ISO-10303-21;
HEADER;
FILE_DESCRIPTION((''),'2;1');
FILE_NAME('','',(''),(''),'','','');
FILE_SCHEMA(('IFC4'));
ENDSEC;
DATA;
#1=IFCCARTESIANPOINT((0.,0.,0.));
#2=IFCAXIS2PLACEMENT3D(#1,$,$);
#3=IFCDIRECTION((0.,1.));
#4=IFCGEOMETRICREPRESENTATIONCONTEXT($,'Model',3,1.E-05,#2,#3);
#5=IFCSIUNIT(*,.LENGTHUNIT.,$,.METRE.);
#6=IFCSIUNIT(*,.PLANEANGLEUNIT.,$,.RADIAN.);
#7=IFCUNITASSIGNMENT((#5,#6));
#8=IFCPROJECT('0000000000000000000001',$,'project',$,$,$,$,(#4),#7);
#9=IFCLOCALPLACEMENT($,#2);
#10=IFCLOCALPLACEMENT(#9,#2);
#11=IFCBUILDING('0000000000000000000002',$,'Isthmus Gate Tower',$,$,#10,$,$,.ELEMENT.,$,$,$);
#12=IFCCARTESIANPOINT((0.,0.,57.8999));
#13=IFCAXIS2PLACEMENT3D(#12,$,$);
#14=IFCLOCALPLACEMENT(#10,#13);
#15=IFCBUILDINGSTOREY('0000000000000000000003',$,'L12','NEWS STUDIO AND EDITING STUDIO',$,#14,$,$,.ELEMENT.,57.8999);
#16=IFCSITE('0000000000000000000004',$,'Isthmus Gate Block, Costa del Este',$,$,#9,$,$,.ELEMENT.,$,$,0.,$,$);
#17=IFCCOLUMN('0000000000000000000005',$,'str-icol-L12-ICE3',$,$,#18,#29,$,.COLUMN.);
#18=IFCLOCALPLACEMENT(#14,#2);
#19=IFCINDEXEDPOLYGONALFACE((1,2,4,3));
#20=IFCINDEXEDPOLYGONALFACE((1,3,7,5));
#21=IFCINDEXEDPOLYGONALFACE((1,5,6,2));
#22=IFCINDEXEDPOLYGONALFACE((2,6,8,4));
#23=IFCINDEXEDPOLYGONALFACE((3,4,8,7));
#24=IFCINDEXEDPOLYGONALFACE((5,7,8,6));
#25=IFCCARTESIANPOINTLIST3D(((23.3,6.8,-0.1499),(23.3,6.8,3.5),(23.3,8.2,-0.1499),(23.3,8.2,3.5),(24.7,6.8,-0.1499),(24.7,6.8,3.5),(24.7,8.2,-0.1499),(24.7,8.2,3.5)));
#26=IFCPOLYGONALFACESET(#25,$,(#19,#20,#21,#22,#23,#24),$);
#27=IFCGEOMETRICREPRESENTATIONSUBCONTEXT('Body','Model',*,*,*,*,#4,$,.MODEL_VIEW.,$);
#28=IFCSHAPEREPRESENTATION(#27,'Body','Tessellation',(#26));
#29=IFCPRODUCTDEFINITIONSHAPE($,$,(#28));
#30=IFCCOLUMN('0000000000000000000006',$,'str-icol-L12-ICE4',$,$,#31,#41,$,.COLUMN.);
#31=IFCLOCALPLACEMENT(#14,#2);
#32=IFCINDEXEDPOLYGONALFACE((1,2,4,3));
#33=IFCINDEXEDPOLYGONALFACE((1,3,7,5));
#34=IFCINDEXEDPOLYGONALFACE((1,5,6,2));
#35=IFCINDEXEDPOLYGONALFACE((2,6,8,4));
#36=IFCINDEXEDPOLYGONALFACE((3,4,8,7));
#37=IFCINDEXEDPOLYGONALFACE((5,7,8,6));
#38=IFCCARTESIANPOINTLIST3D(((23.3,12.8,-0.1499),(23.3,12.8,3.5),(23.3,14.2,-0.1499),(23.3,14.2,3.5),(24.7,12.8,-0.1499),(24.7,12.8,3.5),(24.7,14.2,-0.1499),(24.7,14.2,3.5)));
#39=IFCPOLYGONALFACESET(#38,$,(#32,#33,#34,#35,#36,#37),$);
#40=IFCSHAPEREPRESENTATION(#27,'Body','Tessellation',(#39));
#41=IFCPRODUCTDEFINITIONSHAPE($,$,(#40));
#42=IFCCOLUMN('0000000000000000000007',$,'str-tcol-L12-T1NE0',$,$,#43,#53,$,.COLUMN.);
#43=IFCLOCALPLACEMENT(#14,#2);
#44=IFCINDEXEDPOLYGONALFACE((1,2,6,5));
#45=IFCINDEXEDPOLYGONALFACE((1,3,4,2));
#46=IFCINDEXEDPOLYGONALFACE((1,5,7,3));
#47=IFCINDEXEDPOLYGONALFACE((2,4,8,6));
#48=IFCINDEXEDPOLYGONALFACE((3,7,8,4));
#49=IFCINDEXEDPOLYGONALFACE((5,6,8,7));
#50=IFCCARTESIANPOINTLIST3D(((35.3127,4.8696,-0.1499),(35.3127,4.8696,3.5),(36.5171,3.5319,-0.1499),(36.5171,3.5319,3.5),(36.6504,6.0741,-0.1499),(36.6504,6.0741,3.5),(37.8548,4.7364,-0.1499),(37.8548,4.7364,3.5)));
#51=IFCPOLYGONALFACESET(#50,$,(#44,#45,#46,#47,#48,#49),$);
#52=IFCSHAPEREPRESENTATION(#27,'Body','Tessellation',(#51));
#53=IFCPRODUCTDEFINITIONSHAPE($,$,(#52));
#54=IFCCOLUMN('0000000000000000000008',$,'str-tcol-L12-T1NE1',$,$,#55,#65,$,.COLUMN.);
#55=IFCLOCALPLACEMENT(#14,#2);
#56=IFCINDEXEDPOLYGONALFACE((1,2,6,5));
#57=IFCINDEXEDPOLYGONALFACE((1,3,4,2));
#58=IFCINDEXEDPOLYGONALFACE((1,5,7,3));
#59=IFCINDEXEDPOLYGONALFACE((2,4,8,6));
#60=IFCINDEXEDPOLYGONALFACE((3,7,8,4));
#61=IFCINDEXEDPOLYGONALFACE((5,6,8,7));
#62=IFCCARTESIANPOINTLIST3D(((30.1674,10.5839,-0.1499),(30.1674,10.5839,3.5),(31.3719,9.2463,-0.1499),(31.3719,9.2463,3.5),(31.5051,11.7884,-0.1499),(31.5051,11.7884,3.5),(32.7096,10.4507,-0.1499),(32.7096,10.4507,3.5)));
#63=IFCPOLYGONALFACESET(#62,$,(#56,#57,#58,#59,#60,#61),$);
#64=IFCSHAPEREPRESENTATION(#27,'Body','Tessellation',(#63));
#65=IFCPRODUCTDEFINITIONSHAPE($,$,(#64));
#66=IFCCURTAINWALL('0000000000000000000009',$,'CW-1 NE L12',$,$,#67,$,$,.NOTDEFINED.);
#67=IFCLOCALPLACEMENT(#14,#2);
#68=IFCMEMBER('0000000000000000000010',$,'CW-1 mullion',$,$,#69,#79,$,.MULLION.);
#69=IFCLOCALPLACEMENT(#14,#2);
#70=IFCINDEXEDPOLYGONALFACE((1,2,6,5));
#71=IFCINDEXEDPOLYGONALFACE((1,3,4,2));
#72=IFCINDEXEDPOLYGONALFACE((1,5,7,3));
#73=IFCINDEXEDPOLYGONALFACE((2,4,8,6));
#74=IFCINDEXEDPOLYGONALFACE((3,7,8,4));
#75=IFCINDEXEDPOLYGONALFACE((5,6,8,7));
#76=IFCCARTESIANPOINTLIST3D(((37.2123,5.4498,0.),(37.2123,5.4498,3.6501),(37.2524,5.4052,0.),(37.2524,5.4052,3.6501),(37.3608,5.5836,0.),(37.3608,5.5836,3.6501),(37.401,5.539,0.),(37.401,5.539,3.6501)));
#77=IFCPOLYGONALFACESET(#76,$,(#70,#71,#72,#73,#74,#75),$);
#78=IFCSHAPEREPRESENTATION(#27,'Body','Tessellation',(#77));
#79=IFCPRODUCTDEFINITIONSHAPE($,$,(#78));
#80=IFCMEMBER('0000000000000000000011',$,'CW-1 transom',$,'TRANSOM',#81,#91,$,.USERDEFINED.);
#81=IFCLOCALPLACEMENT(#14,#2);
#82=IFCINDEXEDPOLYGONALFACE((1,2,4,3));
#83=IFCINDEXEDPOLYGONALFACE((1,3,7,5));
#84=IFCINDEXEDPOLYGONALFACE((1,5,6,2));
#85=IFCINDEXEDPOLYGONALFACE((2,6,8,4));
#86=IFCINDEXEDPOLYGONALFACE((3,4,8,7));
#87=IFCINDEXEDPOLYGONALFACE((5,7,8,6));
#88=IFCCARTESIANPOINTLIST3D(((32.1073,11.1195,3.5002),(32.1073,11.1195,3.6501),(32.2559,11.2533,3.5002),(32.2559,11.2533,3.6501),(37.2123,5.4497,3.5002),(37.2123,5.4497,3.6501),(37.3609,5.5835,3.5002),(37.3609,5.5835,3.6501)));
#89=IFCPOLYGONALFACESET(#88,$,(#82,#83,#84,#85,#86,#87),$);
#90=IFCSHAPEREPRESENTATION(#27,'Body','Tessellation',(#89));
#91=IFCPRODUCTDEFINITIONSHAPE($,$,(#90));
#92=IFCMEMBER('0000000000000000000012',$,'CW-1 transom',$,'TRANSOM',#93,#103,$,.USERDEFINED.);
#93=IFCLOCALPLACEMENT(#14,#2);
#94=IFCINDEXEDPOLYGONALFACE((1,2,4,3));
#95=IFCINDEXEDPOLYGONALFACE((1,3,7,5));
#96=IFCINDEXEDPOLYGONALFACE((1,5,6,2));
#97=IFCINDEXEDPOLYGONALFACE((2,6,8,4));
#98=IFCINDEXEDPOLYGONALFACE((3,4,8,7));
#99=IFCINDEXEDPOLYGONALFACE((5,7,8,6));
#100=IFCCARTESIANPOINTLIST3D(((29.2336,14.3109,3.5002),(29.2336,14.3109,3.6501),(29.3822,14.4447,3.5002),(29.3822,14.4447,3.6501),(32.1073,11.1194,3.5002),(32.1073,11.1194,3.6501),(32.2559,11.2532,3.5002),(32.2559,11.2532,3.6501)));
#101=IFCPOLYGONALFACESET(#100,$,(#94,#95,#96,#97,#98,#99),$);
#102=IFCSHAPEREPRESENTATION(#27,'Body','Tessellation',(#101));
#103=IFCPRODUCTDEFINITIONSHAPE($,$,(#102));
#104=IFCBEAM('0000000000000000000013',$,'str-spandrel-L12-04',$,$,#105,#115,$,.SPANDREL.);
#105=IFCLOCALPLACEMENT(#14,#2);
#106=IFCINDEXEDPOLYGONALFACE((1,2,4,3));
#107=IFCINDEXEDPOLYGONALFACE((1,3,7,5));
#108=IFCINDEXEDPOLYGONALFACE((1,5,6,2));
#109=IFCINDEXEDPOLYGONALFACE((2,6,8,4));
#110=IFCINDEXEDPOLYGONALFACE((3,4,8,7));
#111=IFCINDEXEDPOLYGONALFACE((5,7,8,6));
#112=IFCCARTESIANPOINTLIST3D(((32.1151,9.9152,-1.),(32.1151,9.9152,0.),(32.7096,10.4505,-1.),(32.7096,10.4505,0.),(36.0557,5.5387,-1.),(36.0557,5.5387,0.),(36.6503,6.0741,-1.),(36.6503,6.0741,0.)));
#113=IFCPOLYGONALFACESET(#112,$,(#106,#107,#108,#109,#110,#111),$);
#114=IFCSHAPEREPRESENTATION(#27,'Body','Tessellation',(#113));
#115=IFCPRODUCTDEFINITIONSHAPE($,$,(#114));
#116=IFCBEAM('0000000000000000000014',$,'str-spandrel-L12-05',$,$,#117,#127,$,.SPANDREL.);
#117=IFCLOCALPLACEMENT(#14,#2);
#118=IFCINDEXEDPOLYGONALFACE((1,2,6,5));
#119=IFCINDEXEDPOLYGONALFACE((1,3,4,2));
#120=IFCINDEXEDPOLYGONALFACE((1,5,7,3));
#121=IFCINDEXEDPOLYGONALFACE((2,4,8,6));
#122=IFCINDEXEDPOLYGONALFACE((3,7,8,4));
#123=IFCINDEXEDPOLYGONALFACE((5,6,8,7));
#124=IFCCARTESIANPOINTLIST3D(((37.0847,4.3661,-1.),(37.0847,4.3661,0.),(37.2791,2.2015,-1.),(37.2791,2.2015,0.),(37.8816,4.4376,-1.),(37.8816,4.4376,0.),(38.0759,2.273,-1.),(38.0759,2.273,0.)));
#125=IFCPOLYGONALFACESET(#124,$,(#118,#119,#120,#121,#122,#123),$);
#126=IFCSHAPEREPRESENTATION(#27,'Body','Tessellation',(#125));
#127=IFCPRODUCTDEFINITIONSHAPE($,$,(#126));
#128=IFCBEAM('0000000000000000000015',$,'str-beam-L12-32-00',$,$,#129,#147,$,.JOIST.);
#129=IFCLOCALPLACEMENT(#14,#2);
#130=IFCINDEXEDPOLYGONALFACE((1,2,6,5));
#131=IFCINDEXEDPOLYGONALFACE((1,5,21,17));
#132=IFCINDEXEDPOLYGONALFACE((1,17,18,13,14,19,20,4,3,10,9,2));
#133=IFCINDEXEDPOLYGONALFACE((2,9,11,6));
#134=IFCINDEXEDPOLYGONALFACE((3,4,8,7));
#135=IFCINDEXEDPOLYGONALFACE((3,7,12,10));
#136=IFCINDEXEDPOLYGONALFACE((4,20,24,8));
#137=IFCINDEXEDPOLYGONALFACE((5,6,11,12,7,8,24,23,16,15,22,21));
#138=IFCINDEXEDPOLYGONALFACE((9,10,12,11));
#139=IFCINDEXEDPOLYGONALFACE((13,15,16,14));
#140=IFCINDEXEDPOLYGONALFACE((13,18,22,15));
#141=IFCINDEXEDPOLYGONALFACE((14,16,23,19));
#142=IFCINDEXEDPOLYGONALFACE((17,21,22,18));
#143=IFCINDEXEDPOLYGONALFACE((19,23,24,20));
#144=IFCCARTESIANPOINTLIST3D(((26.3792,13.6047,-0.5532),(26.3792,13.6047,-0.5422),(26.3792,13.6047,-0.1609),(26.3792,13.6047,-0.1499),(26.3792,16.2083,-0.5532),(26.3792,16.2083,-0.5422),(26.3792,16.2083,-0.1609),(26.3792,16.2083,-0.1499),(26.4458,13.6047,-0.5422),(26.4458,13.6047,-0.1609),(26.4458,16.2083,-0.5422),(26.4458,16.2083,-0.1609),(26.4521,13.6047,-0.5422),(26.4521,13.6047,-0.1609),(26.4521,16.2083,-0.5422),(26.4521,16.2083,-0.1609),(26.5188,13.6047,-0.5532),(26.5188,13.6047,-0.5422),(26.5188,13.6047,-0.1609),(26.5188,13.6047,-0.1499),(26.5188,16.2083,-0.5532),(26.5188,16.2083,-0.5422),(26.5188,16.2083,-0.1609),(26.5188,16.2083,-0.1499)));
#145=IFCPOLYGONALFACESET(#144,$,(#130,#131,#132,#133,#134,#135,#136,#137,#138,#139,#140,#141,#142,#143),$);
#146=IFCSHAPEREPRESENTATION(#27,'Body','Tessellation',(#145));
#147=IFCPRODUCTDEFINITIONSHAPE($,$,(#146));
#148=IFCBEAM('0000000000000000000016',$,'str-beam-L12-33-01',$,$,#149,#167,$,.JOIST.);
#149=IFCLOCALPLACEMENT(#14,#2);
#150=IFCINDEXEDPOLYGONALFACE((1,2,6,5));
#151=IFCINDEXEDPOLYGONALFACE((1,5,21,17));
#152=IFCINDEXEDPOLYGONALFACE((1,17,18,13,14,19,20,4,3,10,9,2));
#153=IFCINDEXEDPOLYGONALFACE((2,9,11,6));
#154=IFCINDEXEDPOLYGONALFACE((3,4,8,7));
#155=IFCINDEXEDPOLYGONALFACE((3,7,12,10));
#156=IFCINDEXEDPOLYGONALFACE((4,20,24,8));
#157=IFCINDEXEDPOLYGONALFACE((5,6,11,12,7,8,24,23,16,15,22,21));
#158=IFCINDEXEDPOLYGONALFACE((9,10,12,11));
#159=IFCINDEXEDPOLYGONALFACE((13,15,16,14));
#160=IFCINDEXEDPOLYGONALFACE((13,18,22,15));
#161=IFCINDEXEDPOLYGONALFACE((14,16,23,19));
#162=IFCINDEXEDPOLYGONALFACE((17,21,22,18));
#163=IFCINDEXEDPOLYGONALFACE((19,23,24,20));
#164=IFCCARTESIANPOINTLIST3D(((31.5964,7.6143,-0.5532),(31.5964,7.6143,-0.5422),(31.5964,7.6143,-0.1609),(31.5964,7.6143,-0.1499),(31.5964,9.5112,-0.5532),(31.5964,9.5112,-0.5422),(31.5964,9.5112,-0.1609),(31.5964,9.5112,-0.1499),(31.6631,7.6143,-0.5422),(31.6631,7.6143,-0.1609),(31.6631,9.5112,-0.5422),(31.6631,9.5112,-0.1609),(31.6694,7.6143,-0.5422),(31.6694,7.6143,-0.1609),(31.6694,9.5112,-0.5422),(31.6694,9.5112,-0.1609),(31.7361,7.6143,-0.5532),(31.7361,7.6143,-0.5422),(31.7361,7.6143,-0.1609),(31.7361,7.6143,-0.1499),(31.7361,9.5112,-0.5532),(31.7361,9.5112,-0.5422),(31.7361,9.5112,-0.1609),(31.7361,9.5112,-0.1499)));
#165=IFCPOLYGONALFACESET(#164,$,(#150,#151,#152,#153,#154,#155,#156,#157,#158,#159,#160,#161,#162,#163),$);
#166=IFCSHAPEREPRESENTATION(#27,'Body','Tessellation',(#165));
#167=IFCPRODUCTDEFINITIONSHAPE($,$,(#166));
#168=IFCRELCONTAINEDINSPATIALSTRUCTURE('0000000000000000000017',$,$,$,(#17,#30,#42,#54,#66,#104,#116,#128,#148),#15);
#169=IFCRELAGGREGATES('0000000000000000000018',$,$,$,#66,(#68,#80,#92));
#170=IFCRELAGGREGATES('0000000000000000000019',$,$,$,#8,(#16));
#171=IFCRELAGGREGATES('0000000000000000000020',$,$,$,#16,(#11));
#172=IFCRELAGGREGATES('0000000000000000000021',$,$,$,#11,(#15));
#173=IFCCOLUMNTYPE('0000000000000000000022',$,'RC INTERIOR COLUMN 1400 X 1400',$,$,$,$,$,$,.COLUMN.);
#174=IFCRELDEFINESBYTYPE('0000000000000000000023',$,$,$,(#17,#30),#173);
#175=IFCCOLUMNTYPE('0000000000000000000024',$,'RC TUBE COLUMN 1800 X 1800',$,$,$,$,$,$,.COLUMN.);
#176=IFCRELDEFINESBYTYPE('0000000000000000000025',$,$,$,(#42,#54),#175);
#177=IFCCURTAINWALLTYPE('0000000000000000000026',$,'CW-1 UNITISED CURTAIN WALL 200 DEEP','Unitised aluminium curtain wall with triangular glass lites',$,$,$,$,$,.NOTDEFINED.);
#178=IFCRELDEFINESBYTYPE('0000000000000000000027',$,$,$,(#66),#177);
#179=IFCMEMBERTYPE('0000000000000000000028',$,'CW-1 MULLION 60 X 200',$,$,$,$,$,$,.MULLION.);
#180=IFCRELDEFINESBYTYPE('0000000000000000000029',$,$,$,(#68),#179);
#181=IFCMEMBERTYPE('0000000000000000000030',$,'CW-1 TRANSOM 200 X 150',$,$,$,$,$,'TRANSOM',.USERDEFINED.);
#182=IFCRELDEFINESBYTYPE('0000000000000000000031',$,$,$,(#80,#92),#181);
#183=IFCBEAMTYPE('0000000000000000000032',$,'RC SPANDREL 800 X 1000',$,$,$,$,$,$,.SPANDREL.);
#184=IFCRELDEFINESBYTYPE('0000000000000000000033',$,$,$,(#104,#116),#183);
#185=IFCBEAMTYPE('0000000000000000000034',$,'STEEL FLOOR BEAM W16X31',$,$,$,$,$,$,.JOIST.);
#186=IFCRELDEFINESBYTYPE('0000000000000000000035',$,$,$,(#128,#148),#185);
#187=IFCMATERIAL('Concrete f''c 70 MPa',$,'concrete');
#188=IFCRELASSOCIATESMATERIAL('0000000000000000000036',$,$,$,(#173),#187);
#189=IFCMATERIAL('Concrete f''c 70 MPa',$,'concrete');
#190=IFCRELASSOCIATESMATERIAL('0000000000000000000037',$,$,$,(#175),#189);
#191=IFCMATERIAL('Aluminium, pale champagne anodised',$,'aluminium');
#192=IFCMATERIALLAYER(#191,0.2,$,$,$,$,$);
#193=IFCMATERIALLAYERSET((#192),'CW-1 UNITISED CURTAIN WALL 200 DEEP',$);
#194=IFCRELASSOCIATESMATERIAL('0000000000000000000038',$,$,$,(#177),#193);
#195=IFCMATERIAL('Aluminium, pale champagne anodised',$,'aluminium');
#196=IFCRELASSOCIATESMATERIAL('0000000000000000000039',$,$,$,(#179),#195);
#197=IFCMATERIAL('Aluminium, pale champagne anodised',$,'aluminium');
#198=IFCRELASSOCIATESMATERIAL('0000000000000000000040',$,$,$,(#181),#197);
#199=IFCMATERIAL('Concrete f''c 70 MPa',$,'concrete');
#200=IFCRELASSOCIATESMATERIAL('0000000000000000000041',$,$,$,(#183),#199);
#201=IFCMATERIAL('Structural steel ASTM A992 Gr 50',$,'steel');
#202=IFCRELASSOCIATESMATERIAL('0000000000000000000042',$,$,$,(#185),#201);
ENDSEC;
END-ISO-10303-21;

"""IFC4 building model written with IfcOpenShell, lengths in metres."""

from ifc_helpers import new_model, si_unit, direction, frame, origin, origin_2d, place, context, subcontext, project, spatial, rectangle, i_section, extrude, material, layer, layer_set, material_profile, profile_set, type_object, element, aggregate, save


model = new_model("IFC4")

# Units and contexts
model_context = context("Model", 3, precision=1e-05, world=origin(), true_north=direction((0.0, 1.0)))
body_context = subcontext(model_context, "Body", "Model", "MODEL_VIEW")
ifc_project = project(units=[si_unit("LENGTHUNIT", "METRE"), si_unit("PLANEANGLEUNIT", "RADIAN")], contexts=[model_context])

# Site, building, storey
site_placement = place(None, origin())
site = spatial("IfcSite", under=ifc_project, at=site_placement, Name="Isthmus Gate Block, Costa del Este", CompositionType="ELEMENT", RefElevation=0.0)
building_placement = place(site_placement, origin())
building = spatial("IfcBuilding", under=site, at=building_placement, Name="Isthmus Gate Tower", CompositionType="ELEMENT")
storey_placement = place(building_placement, frame((0.0, 0.0, 57.8999)))
storey = spatial("IfcBuildingStorey", under=building, at=storey_placement, Name="L12", Description="NEWS STUDIO AND EDITING STUDIO", CompositionType="ELEMENT", Elevation=57.8999)

# Columns
ifc_material_1 = material(Name="Concrete f'c 70 MPa", Category="concrete")
ifc_material_profile_1 = material_profile(ifc_material_1, rectangle(XDim=1.3999, YDim=1.3999, at=origin_2d()), Name="RC 1400X1400")
ifc_profile_set_1 = profile_set([ifc_material_profile_1], Name="Concrete f'c 70 MPa")
column_type_1 = type_object("IfcColumnType", Name="RC INTERIOR COLUMN 1400 X 1400", PredefinedType="COLUMN", material=ifc_profile_set_1)
for number, where, z_axis, x_axis, name in (
    (1, (24.0, 7.5, -0.1499), (0.0, 0.0, 1.0), (1.0, 0.0, 0.0), "str-icol-L12-ICE3"),
    (2, (24.0, 13.5, -0.1499), (0.0, 0.0, 1.0), (1.0, 0.0, 0.0), "str-icol-L12-ICE4"),
):
    element("IfcColumn", number, at=place(storey_placement, frame(where, z_axis=z_axis, x_axis=x_axis)), inside=storey, type_object=column_type_1, Name=name, PredefinedType="COLUMN", context=body_context, shape_type="SweptSolid", body=[
        extrude(rectangle(XDim=1.3999, YDim=1.3999, at=origin_2d()), origin(), (0.0, 0.0, 1.0), 3.6499),
    ])
ifc_material_2 = material(Name="Concrete f'c 70 MPa", Category="concrete")
ifc_material_profile_2 = material_profile(ifc_material_2, rectangle(XDim=1.8, YDim=1.8, at=origin_2d()), Name="RC 1800X1800")
ifc_profile_set_2 = profile_set([ifc_material_profile_2], Name="Concrete f'c 70 MPa")
column_type_2 = type_object("IfcColumnType", Name="RC TUBE COLUMN 1800 X 1800", PredefinedType="COLUMN", material=ifc_profile_set_2)
for number, where, z_axis, x_axis, name in (
    (3, (36.5837, 4.803, -0.1499), (0.0, 0.0, 1.0), (-0.669131, 0.743145, 0.0), "str-tcol-L12-T1NE0"),
    (4, (31.4385, 10.5173, -0.1499), (0.0, 0.0, 1.0), (-0.669131, 0.743145, 0.0), "str-tcol-L12-T1NE1"),
):
    element("IfcColumn", number, at=place(storey_placement, frame(where, z_axis=z_axis, x_axis=x_axis)), inside=storey, type_object=column_type_2, Name=name, PredefinedType="COLUMN", context=body_context, shape_type="SweptSolid", body=[
        extrude(rectangle(XDim=1.8, YDim=1.8, at=origin_2d()), origin(), (0.0, 0.0, 1.0), 3.6499),
    ])

# Curtain wall, members
ifc_material_3 = material(Name="Aluminium, pale champagne anodised", Category="aluminium")
ifc_layer_1 = layer(ifc_material_3, 0.2)
ifc_layer_set_1 = layer_set([ifc_layer_1], Name="CW-1 UNITISED CURTAIN WALL 200 DEEP")
curtain_wall_type = type_object("IfcCurtainWallType", Name="CW-1 UNITISED CURTAIN WALL 200 DEEP", Description="Unitised aluminium curtain wall with triangular glass lites", PredefinedType="NOTDEFINED", material=ifc_layer_set_1)
curtain_wall_1_placement = place(storey_placement, origin())
curtain_wall_1 = element("IfcCurtainWall", 5, at=curtain_wall_1_placement, inside=storey, type_object=curtain_wall_type, Name="CW-1 NE L12", PredefinedType="NOTDEFINED")
ifc_material_4 = material(Name="Aluminium, pale champagne anodised", Category="aluminium")
ifc_material_profile_3 = material_profile(ifc_material_4, rectangle(XDim=0.0601, YDim=0.2, at=origin_2d()), Name="60x200")
ifc_profile_set_3 = profile_set([ifc_material_profile_3], Name="Aluminium, pale champagne anodised")
member_type_1 = type_object("IfcMemberType", Name="CW-1 MULLION 60 X 200", PredefinedType="MULLION", material=ifc_profile_set_3)
member_1_placement = place(storey_placement, frame((37.3066, 5.4944, 0.0), z_axis=(0.0, 0.0, 1.0), x_axis=(-0.669131, 0.743145, 0.0)))
member_1 = element("IfcMember", 6, at=member_1_placement, type_object=member_type_1, Name="CW-1 mullion", PredefinedType="MULLION", context=body_context, shape_type="SweptSolid", body=[
    extrude(rectangle(XDim=0.0601, YDim=0.2, at=origin_2d()), origin(), (0.0, 0.0, 1.0), 3.6501),
])
ifc_material_5 = material(Name="Aluminium, pale champagne anodised", Category="aluminium")
ifc_material_profile_4 = material_profile(ifc_material_5, rectangle(XDim=0.2, YDim=0.1499, at=origin_2d()), Name="200x150")
ifc_profile_set_4 = profile_set([ifc_material_profile_4], Name="Aluminium, pale champagne anodised")
member_type_2 = type_object("IfcMemberType", Name="CW-1 TRANSOM 200 X 150", ElementType="TRANSOM", PredefinedType="USERDEFINED", material=ifc_profile_set_4)
member_2_placement = place(storey_placement, frame((37.2866, 5.5166, 3.5752), z_axis=(-0.669129, 0.743146, 0.0), x_axis=(-0.743146, -0.669129, 0.0)))
member_2 = element("IfcMember", 7, at=member_2_placement, type_object=member_type_2, Name="CW-1 transom", ObjectType="TRANSOM", PredefinedType="USERDEFINED", context=body_context, shape_type="SweptSolid", body=[
    extrude(rectangle(XDim=0.2, YDim=0.1499, at=origin_2d()), origin(), (0.0, 0.0, 1.0), 7.6294),
])
member_3_placement = place(storey_placement, frame((32.1816, 11.1863, 3.5752), z_axis=(-0.669131, 0.743144, 0.0), x_axis=(-0.743144, -0.669131, 0.0)))
member_3 = element("IfcMember", 8, at=member_3_placement, type_object=member_type_2, Name="CW-1 transom", ObjectType="TRANSOM", PredefinedType="USERDEFINED", context=body_context, shape_type="SweptSolid", body=[
    extrude(rectangle(XDim=0.2, YDim=0.1499, at=origin_2d()), origin(), (0.0, 0.0, 1.0), 4.2947),
])

# Beams
ifc_material_6 = material(Name="Concrete f'c 70 MPa", Category="concrete")
ifc_material_profile_5 = material_profile(ifc_material_6, rectangle(XDim=0.8, YDim=1.0, at=origin_2d()), Name="RC 800X1000")
ifc_profile_set_5 = profile_set([ifc_material_profile_5], Name="Concrete f'c 70 MPa")
beam_type_1 = type_object("IfcBeamType", Name="RC SPANDREL 800 X 1000", PredefinedType="SPANDREL", material=ifc_profile_set_5)
beam_1_placement = place(storey_placement, frame((32.4124, 10.1829, -0.5), z_axis=(0.669139, -0.743137, 0.0), x_axis=(0.743137, 0.669139, 0.0)))
element("IfcBeam", 9, at=beam_1_placement, inside=storey, type_object=beam_type_1, Name="str-spandrel-L12-04", PredefinedType="SPANDREL", context=body_context, shape_type="SweptSolid", body=[
    extrude(rectangle(XDim=0.8, YDim=1.0, at=origin_2d()), origin(), (0.0, 0.0, 1.0), 5.8892),
])
beam_2_placement = place(storey_placement, frame((37.4832, 4.4019, -0.5), z_axis=(0.089422, -0.995994, 0.0), x_axis=(0.995994, 0.089422, 0.0)))
element("IfcBeam", 10, at=beam_2_placement, inside=storey, type_object=beam_type_1, Name="str-spandrel-L12-05", PredefinedType="SPANDREL", context=body_context, shape_type="SweptSolid", body=[
    extrude(rectangle(XDim=0.8, YDim=1.0, at=origin_2d()), origin(), (0.0, 0.0, 1.0), 2.1733),
])
ifc_material_7 = material(Name="Structural steel ASTM A992 Gr 50", Category="steel")
ifc_material_profile_6 = material_profile(ifc_material_7, i_section(OverallWidth=0.1396, OverallDepth=0.4033, WebThickness=0.0063, FlangeThickness=0.011, at=origin_2d()), Name="W16X31")
ifc_profile_set_6 = profile_set([ifc_material_profile_6], Name="Structural steel ASTM A992 Gr 50")
beam_type_2 = type_object("IfcBeamType", Name="STEEL FLOOR BEAM W16X31", PredefinedType="JOIST", material=ifc_profile_set_6)
beam_3_placement = place(storey_placement, frame((26.449, 13.6047, -0.3516), z_axis=(0.0, 1.0, 0.0), x_axis=(-1.0, 0.0, 0.0)))
element("IfcBeam", 11, at=beam_3_placement, inside=storey, type_object=beam_type_2, Name="str-beam-L12-32-00", PredefinedType="JOIST", context=body_context, shape_type="SweptSolid", body=[
    extrude(i_section(OverallWidth=0.1396, OverallDepth=0.4033, WebThickness=0.0063, FlangeThickness=0.011, at=origin_2d()), origin(), (0.0, 0.0, 1.0), 2.6035),
])
beam_4_placement = place(storey_placement, frame((31.6663, 7.6143, -0.3516), z_axis=(0.0, 1.0, 0.0), x_axis=(-1.0, 0.0, 0.0)))
element("IfcBeam", 12, at=beam_4_placement, inside=storey, type_object=beam_type_2, Name="str-beam-L12-33-01", PredefinedType="JOIST", context=body_context, shape_type="SweptSolid", body=[
    extrude(i_section(OverallWidth=0.1396, OverallDepth=0.4033, WebThickness=0.0063, FlangeThickness=0.011, at=origin_2d()), origin(), (0.0, 0.0, 1.0), 1.897),
])

aggregate(curtain_wall_1, [member_1, member_2, member_3])

save(model, "model.ifc")
